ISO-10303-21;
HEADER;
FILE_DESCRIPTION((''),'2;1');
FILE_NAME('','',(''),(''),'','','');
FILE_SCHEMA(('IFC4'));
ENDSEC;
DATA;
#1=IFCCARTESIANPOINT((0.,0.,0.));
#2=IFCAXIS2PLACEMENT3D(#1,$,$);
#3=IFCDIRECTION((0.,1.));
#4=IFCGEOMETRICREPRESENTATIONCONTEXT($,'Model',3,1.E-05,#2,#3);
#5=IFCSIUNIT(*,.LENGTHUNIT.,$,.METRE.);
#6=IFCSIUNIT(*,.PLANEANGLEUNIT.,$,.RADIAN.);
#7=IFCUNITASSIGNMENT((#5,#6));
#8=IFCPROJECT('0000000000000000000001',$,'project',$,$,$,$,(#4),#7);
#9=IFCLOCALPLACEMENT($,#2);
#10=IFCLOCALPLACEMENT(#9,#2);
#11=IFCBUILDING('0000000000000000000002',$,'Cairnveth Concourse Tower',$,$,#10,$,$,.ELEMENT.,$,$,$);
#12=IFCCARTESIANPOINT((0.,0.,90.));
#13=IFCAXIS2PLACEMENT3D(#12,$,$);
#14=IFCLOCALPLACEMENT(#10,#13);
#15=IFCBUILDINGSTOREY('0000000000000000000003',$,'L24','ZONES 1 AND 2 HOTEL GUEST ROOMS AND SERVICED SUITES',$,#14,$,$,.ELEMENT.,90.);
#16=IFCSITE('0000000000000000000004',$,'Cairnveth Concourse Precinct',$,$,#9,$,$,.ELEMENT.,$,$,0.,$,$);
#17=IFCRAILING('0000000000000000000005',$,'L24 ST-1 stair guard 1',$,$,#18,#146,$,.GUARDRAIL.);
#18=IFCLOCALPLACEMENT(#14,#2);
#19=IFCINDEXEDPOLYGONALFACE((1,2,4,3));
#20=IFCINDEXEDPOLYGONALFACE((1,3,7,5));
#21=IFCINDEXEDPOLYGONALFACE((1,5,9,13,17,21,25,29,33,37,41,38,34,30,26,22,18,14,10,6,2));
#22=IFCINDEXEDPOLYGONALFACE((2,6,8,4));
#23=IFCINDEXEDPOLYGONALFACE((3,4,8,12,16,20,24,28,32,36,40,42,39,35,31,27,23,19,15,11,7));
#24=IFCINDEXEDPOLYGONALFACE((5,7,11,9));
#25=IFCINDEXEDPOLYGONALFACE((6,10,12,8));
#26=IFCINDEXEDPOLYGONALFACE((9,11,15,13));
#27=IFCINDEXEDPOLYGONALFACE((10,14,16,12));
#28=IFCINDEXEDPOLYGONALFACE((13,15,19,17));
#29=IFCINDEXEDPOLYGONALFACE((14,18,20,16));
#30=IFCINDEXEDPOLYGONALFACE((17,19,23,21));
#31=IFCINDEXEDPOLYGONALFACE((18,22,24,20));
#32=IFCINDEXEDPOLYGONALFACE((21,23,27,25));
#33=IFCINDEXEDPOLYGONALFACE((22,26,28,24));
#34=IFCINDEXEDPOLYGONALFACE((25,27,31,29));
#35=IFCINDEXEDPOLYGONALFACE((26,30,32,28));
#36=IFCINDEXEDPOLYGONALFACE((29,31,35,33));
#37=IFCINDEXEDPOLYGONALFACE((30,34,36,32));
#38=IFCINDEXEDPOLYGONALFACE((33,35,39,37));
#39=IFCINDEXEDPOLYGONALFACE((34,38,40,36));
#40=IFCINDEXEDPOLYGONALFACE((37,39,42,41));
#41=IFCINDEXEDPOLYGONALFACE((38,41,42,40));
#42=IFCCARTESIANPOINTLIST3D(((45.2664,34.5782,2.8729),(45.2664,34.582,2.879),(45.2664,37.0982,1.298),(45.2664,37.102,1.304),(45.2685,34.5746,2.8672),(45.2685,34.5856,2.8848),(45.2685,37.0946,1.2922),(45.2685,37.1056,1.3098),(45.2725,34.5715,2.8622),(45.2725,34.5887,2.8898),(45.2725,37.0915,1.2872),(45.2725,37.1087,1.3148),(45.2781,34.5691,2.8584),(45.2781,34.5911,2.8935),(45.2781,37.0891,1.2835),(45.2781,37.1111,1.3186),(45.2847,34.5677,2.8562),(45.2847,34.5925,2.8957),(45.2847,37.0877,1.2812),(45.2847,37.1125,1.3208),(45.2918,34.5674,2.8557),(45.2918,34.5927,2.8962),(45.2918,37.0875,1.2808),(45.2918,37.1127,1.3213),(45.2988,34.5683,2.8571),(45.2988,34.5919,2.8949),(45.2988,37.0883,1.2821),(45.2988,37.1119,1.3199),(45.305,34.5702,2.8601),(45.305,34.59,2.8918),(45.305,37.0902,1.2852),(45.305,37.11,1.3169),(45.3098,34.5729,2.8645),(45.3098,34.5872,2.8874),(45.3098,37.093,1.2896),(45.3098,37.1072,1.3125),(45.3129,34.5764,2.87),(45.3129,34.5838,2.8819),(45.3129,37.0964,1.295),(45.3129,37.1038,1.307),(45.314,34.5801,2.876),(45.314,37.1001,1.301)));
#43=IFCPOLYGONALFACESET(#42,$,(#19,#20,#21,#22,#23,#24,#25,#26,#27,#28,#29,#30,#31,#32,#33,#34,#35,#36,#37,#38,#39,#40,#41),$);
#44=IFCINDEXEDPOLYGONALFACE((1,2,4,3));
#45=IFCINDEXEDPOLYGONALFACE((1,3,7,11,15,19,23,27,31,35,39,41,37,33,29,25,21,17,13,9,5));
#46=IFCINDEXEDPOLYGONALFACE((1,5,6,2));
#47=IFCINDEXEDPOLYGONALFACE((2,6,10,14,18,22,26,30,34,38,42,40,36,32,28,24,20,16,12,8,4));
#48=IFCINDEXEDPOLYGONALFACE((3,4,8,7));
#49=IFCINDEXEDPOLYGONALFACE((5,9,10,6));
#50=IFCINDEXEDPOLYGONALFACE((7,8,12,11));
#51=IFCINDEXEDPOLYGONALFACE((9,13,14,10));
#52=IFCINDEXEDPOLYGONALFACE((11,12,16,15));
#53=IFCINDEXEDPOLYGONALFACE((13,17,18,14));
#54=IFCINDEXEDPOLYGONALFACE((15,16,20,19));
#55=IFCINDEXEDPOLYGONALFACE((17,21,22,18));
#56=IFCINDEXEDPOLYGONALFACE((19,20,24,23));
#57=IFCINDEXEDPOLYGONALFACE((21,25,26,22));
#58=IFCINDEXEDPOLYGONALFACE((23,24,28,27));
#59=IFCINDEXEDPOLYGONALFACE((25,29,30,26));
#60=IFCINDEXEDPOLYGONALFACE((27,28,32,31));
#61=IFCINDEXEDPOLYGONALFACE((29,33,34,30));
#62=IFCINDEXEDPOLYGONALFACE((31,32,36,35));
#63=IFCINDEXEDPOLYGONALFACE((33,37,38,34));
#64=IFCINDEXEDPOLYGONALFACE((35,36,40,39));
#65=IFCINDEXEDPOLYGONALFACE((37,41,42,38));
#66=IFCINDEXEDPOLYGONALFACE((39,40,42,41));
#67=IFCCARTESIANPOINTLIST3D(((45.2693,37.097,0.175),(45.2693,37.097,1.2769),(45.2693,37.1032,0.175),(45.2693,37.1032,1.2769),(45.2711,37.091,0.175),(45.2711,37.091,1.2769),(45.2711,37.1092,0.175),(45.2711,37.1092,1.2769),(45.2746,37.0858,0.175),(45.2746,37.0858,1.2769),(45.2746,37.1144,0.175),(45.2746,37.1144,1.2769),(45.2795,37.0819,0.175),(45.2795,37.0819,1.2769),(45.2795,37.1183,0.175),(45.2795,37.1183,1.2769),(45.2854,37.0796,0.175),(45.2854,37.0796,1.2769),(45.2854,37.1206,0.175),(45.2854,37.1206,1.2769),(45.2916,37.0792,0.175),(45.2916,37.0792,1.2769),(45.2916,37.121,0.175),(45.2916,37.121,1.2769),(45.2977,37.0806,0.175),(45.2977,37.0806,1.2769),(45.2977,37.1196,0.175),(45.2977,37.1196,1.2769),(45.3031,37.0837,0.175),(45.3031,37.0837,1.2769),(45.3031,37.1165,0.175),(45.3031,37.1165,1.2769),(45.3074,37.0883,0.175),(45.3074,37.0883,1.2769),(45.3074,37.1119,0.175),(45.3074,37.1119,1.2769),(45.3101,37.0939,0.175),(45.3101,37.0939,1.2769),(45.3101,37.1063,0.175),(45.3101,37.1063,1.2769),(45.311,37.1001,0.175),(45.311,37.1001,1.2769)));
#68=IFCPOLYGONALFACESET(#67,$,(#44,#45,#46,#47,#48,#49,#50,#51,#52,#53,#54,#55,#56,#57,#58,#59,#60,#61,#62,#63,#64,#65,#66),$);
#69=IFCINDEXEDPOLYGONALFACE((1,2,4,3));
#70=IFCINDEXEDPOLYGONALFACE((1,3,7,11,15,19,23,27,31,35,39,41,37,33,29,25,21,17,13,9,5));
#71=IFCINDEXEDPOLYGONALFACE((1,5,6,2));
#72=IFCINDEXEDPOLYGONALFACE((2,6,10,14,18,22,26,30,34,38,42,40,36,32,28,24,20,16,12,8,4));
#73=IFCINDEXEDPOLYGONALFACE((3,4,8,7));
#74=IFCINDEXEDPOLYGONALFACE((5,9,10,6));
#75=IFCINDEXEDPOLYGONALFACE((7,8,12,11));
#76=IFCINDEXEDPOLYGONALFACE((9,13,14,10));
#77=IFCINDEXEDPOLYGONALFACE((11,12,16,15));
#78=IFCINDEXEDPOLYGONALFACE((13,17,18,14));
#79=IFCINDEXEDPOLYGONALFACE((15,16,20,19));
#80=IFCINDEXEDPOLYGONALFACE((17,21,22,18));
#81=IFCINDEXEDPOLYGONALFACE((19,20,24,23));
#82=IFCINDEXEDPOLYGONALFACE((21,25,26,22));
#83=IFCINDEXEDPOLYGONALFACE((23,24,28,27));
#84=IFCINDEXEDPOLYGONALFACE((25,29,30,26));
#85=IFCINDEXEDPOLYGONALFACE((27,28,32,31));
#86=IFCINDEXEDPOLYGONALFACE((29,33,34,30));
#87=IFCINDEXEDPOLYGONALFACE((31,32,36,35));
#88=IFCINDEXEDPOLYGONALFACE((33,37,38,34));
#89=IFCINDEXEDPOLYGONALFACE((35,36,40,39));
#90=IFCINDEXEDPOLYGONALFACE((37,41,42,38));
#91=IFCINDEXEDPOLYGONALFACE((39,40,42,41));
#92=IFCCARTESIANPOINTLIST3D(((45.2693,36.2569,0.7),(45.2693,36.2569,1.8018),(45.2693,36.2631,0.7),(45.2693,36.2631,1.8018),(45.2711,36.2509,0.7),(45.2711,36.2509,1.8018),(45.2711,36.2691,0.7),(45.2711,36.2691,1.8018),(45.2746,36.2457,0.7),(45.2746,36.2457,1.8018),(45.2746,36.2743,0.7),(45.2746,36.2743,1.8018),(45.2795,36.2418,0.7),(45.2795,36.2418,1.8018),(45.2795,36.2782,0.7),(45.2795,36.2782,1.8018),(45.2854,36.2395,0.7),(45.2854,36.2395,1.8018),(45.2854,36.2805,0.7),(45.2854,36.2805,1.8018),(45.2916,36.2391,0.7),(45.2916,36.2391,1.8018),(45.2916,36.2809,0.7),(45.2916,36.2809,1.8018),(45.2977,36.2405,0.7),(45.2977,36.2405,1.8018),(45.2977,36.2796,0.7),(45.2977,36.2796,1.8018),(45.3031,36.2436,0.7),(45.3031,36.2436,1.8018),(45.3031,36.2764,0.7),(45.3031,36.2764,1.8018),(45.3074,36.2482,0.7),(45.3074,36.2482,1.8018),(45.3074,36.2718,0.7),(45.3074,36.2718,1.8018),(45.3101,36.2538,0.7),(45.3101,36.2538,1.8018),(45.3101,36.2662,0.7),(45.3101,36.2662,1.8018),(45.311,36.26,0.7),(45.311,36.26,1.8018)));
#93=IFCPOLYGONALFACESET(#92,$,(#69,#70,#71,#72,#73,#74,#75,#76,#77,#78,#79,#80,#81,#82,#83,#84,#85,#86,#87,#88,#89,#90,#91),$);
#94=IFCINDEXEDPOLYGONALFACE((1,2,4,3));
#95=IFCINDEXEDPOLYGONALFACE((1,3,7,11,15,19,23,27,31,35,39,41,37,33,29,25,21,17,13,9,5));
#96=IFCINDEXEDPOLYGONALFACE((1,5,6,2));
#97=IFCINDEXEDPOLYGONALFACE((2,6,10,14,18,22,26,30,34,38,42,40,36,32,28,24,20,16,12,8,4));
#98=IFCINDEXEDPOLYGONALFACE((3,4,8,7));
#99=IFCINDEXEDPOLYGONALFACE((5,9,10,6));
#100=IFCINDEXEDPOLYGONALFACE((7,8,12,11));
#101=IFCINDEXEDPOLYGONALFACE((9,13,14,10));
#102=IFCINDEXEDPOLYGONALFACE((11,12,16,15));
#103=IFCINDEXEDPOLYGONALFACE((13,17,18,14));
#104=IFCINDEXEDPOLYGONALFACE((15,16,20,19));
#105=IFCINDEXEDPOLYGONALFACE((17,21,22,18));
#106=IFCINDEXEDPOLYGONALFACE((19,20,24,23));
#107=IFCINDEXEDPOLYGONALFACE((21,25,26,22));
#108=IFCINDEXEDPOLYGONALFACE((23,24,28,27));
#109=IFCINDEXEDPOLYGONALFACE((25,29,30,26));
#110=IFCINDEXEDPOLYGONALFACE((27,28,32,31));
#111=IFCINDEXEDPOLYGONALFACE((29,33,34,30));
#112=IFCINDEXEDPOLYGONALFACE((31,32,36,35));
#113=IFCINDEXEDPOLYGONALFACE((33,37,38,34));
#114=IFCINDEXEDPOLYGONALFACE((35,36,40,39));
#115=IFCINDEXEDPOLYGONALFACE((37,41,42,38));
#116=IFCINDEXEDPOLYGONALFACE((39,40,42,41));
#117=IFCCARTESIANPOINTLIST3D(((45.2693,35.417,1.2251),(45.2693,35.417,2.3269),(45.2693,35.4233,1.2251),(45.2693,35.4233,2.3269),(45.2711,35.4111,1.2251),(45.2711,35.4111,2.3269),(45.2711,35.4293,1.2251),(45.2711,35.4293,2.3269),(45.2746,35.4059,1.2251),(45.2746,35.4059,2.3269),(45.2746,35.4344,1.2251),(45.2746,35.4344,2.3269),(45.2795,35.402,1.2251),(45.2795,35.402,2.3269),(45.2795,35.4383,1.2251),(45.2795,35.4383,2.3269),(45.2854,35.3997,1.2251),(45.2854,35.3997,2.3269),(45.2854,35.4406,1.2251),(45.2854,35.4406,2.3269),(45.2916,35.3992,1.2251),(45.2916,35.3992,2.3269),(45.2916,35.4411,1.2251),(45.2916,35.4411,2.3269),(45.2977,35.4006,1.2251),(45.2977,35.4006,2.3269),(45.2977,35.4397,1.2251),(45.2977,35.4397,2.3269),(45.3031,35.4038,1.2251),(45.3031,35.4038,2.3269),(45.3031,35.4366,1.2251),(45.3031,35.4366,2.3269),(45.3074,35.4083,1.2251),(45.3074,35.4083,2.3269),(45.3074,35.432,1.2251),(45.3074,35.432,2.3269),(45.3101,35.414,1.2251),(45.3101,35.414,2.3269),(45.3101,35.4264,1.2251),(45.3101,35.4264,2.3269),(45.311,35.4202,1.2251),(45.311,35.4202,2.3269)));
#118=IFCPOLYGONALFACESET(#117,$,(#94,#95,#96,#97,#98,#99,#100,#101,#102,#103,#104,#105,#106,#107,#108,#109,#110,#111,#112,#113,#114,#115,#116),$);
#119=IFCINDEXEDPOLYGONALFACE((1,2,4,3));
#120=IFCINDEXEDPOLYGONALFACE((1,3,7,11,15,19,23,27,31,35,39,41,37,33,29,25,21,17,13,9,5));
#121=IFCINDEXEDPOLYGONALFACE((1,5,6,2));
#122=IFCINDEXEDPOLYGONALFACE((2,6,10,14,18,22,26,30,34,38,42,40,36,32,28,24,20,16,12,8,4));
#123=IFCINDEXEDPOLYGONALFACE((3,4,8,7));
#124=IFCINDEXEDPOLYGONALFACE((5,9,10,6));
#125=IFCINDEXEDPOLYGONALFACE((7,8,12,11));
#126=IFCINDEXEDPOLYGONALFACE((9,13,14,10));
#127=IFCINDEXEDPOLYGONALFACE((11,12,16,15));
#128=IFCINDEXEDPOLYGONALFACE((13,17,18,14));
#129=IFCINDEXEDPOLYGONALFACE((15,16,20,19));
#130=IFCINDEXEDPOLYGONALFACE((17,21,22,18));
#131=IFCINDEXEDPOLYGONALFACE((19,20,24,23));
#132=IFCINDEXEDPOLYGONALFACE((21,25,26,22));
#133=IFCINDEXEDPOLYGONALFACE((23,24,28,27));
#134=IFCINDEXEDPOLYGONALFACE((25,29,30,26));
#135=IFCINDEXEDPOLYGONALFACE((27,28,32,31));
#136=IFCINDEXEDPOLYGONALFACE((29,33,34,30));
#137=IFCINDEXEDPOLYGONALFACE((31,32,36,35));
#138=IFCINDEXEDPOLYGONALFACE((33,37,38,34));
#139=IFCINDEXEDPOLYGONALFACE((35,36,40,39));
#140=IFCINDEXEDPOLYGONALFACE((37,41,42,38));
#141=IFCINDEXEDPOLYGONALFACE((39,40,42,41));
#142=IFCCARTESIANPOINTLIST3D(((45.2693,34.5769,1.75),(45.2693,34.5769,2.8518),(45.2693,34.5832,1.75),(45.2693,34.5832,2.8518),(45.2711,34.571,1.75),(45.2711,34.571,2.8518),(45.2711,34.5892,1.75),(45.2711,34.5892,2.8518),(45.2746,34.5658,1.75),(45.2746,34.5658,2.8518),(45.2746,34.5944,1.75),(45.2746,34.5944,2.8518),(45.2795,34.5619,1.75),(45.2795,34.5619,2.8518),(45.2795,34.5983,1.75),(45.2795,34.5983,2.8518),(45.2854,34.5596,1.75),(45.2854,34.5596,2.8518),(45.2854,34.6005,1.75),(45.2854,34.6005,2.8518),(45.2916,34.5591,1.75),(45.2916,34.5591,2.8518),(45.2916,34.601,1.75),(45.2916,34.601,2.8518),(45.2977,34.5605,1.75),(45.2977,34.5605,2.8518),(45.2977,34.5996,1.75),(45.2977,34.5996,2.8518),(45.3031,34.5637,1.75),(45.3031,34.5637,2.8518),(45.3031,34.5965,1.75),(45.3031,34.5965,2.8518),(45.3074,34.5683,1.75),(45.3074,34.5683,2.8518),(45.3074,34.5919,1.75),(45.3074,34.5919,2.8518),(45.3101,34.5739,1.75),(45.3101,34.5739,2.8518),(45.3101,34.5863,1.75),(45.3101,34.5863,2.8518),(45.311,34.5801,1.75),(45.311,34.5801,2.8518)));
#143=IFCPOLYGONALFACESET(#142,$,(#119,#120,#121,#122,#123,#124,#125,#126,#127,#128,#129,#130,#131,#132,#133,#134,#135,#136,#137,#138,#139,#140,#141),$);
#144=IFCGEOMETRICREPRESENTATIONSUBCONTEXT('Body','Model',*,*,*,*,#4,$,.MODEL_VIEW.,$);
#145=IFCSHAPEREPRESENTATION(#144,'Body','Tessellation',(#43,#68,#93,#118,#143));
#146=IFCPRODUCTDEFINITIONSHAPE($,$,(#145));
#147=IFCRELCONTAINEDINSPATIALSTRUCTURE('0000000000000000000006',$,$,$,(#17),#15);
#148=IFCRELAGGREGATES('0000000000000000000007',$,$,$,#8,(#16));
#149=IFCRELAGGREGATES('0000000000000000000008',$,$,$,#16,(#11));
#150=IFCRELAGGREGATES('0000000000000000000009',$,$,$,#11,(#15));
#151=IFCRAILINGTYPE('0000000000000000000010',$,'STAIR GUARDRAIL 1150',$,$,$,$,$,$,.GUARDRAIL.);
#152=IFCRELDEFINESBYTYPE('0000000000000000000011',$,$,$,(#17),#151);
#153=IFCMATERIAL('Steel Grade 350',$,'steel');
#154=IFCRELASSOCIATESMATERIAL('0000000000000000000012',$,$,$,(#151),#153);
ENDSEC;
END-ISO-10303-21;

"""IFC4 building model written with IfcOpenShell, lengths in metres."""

from ifc_helpers import new_model, si_unit, direction, frame, origin, origin_2d, place, context, subcontext, project, spatial, circle, extrude, material, type_object, element, save


model = new_model("IFC4")

# Units and contexts
model_context = context("Model", 3, precision=1e-05, world=origin(), true_north=direction((0.0, 1.0)))
body_context = subcontext(model_context, "Body", "Model", "MODEL_VIEW")
ifc_project = project(units=[si_unit("LENGTHUNIT", "METRE"), si_unit("PLANEANGLEUNIT", "RADIAN")], contexts=[model_context])

# Site, building, storey
site_placement = place(None, origin())
site = spatial("IfcSite", under=ifc_project, at=site_placement, Name="Cairnveth Concourse Precinct", CompositionType="ELEMENT", RefElevation=0.0)
building_placement = place(site_placement, origin())
building = spatial("IfcBuilding", under=site, at=building_placement, Name="Cairnveth Concourse Tower", CompositionType="ELEMENT")
storey_placement = place(building_placement, frame((0.0, 0.0, 90.0)))
storey = spatial("IfcBuildingStorey", under=building, at=storey_placement, Name="L24", Description="ZONES 1 AND 2 HOTEL GUEST ROOMS AND SERVICED SUITES", CompositionType="ELEMENT", Elevation=90.0)

# Shared definitions
ifc_material_1 = material(Name="Steel Grade 350", Category="steel")

# Railing
railing_type = type_object("IfcRailingType", Name="STAIR GUARDRAIL 1150", PredefinedType="GUARDRAIL", material=ifc_material_1)
railing_1_placement = place(storey_placement, frame((45.29, 37.1001, 0.175)))
element("IfcRailing", 1, at=railing_1_placement, inside=storey, type_object=railing_type, Name="L24 ST-1 stair guard 1", PredefinedType="GUARDRAIL", context=body_context, shape_type="SweptSolid", body=[
    extrude(circle(Radius=0.0239, at=origin_2d()), frame((0.0, 0.0, 1.126), z_axis=(0.0, -0.848008, 0.529984), x_axis=(1.0, 0.0, 0.0)), (0.0, 0.0, 1.0), 2.9717),
    extrude(circle(Radius=0.021, at=origin_2d()), origin(), (0.0, 0.0, 1.0), 1.1018),
    extrude(circle(Radius=0.021, at=origin_2d()), frame((0.0, -0.8401, 0.5249)), (0.0, 0.0, 1.0), 1.1018),
    extrude(circle(Radius=0.021, at=origin_2d()), frame((0.0, -1.6799, 1.05)), (0.0, 0.0, 1.0), 1.1018),
    extrude(circle(Radius=0.021, at=origin_2d()), frame((0.0, -2.52, 1.575)), (0.0, 0.0, 1.0), 1.1018),
])

save(model, "model.ifc")
